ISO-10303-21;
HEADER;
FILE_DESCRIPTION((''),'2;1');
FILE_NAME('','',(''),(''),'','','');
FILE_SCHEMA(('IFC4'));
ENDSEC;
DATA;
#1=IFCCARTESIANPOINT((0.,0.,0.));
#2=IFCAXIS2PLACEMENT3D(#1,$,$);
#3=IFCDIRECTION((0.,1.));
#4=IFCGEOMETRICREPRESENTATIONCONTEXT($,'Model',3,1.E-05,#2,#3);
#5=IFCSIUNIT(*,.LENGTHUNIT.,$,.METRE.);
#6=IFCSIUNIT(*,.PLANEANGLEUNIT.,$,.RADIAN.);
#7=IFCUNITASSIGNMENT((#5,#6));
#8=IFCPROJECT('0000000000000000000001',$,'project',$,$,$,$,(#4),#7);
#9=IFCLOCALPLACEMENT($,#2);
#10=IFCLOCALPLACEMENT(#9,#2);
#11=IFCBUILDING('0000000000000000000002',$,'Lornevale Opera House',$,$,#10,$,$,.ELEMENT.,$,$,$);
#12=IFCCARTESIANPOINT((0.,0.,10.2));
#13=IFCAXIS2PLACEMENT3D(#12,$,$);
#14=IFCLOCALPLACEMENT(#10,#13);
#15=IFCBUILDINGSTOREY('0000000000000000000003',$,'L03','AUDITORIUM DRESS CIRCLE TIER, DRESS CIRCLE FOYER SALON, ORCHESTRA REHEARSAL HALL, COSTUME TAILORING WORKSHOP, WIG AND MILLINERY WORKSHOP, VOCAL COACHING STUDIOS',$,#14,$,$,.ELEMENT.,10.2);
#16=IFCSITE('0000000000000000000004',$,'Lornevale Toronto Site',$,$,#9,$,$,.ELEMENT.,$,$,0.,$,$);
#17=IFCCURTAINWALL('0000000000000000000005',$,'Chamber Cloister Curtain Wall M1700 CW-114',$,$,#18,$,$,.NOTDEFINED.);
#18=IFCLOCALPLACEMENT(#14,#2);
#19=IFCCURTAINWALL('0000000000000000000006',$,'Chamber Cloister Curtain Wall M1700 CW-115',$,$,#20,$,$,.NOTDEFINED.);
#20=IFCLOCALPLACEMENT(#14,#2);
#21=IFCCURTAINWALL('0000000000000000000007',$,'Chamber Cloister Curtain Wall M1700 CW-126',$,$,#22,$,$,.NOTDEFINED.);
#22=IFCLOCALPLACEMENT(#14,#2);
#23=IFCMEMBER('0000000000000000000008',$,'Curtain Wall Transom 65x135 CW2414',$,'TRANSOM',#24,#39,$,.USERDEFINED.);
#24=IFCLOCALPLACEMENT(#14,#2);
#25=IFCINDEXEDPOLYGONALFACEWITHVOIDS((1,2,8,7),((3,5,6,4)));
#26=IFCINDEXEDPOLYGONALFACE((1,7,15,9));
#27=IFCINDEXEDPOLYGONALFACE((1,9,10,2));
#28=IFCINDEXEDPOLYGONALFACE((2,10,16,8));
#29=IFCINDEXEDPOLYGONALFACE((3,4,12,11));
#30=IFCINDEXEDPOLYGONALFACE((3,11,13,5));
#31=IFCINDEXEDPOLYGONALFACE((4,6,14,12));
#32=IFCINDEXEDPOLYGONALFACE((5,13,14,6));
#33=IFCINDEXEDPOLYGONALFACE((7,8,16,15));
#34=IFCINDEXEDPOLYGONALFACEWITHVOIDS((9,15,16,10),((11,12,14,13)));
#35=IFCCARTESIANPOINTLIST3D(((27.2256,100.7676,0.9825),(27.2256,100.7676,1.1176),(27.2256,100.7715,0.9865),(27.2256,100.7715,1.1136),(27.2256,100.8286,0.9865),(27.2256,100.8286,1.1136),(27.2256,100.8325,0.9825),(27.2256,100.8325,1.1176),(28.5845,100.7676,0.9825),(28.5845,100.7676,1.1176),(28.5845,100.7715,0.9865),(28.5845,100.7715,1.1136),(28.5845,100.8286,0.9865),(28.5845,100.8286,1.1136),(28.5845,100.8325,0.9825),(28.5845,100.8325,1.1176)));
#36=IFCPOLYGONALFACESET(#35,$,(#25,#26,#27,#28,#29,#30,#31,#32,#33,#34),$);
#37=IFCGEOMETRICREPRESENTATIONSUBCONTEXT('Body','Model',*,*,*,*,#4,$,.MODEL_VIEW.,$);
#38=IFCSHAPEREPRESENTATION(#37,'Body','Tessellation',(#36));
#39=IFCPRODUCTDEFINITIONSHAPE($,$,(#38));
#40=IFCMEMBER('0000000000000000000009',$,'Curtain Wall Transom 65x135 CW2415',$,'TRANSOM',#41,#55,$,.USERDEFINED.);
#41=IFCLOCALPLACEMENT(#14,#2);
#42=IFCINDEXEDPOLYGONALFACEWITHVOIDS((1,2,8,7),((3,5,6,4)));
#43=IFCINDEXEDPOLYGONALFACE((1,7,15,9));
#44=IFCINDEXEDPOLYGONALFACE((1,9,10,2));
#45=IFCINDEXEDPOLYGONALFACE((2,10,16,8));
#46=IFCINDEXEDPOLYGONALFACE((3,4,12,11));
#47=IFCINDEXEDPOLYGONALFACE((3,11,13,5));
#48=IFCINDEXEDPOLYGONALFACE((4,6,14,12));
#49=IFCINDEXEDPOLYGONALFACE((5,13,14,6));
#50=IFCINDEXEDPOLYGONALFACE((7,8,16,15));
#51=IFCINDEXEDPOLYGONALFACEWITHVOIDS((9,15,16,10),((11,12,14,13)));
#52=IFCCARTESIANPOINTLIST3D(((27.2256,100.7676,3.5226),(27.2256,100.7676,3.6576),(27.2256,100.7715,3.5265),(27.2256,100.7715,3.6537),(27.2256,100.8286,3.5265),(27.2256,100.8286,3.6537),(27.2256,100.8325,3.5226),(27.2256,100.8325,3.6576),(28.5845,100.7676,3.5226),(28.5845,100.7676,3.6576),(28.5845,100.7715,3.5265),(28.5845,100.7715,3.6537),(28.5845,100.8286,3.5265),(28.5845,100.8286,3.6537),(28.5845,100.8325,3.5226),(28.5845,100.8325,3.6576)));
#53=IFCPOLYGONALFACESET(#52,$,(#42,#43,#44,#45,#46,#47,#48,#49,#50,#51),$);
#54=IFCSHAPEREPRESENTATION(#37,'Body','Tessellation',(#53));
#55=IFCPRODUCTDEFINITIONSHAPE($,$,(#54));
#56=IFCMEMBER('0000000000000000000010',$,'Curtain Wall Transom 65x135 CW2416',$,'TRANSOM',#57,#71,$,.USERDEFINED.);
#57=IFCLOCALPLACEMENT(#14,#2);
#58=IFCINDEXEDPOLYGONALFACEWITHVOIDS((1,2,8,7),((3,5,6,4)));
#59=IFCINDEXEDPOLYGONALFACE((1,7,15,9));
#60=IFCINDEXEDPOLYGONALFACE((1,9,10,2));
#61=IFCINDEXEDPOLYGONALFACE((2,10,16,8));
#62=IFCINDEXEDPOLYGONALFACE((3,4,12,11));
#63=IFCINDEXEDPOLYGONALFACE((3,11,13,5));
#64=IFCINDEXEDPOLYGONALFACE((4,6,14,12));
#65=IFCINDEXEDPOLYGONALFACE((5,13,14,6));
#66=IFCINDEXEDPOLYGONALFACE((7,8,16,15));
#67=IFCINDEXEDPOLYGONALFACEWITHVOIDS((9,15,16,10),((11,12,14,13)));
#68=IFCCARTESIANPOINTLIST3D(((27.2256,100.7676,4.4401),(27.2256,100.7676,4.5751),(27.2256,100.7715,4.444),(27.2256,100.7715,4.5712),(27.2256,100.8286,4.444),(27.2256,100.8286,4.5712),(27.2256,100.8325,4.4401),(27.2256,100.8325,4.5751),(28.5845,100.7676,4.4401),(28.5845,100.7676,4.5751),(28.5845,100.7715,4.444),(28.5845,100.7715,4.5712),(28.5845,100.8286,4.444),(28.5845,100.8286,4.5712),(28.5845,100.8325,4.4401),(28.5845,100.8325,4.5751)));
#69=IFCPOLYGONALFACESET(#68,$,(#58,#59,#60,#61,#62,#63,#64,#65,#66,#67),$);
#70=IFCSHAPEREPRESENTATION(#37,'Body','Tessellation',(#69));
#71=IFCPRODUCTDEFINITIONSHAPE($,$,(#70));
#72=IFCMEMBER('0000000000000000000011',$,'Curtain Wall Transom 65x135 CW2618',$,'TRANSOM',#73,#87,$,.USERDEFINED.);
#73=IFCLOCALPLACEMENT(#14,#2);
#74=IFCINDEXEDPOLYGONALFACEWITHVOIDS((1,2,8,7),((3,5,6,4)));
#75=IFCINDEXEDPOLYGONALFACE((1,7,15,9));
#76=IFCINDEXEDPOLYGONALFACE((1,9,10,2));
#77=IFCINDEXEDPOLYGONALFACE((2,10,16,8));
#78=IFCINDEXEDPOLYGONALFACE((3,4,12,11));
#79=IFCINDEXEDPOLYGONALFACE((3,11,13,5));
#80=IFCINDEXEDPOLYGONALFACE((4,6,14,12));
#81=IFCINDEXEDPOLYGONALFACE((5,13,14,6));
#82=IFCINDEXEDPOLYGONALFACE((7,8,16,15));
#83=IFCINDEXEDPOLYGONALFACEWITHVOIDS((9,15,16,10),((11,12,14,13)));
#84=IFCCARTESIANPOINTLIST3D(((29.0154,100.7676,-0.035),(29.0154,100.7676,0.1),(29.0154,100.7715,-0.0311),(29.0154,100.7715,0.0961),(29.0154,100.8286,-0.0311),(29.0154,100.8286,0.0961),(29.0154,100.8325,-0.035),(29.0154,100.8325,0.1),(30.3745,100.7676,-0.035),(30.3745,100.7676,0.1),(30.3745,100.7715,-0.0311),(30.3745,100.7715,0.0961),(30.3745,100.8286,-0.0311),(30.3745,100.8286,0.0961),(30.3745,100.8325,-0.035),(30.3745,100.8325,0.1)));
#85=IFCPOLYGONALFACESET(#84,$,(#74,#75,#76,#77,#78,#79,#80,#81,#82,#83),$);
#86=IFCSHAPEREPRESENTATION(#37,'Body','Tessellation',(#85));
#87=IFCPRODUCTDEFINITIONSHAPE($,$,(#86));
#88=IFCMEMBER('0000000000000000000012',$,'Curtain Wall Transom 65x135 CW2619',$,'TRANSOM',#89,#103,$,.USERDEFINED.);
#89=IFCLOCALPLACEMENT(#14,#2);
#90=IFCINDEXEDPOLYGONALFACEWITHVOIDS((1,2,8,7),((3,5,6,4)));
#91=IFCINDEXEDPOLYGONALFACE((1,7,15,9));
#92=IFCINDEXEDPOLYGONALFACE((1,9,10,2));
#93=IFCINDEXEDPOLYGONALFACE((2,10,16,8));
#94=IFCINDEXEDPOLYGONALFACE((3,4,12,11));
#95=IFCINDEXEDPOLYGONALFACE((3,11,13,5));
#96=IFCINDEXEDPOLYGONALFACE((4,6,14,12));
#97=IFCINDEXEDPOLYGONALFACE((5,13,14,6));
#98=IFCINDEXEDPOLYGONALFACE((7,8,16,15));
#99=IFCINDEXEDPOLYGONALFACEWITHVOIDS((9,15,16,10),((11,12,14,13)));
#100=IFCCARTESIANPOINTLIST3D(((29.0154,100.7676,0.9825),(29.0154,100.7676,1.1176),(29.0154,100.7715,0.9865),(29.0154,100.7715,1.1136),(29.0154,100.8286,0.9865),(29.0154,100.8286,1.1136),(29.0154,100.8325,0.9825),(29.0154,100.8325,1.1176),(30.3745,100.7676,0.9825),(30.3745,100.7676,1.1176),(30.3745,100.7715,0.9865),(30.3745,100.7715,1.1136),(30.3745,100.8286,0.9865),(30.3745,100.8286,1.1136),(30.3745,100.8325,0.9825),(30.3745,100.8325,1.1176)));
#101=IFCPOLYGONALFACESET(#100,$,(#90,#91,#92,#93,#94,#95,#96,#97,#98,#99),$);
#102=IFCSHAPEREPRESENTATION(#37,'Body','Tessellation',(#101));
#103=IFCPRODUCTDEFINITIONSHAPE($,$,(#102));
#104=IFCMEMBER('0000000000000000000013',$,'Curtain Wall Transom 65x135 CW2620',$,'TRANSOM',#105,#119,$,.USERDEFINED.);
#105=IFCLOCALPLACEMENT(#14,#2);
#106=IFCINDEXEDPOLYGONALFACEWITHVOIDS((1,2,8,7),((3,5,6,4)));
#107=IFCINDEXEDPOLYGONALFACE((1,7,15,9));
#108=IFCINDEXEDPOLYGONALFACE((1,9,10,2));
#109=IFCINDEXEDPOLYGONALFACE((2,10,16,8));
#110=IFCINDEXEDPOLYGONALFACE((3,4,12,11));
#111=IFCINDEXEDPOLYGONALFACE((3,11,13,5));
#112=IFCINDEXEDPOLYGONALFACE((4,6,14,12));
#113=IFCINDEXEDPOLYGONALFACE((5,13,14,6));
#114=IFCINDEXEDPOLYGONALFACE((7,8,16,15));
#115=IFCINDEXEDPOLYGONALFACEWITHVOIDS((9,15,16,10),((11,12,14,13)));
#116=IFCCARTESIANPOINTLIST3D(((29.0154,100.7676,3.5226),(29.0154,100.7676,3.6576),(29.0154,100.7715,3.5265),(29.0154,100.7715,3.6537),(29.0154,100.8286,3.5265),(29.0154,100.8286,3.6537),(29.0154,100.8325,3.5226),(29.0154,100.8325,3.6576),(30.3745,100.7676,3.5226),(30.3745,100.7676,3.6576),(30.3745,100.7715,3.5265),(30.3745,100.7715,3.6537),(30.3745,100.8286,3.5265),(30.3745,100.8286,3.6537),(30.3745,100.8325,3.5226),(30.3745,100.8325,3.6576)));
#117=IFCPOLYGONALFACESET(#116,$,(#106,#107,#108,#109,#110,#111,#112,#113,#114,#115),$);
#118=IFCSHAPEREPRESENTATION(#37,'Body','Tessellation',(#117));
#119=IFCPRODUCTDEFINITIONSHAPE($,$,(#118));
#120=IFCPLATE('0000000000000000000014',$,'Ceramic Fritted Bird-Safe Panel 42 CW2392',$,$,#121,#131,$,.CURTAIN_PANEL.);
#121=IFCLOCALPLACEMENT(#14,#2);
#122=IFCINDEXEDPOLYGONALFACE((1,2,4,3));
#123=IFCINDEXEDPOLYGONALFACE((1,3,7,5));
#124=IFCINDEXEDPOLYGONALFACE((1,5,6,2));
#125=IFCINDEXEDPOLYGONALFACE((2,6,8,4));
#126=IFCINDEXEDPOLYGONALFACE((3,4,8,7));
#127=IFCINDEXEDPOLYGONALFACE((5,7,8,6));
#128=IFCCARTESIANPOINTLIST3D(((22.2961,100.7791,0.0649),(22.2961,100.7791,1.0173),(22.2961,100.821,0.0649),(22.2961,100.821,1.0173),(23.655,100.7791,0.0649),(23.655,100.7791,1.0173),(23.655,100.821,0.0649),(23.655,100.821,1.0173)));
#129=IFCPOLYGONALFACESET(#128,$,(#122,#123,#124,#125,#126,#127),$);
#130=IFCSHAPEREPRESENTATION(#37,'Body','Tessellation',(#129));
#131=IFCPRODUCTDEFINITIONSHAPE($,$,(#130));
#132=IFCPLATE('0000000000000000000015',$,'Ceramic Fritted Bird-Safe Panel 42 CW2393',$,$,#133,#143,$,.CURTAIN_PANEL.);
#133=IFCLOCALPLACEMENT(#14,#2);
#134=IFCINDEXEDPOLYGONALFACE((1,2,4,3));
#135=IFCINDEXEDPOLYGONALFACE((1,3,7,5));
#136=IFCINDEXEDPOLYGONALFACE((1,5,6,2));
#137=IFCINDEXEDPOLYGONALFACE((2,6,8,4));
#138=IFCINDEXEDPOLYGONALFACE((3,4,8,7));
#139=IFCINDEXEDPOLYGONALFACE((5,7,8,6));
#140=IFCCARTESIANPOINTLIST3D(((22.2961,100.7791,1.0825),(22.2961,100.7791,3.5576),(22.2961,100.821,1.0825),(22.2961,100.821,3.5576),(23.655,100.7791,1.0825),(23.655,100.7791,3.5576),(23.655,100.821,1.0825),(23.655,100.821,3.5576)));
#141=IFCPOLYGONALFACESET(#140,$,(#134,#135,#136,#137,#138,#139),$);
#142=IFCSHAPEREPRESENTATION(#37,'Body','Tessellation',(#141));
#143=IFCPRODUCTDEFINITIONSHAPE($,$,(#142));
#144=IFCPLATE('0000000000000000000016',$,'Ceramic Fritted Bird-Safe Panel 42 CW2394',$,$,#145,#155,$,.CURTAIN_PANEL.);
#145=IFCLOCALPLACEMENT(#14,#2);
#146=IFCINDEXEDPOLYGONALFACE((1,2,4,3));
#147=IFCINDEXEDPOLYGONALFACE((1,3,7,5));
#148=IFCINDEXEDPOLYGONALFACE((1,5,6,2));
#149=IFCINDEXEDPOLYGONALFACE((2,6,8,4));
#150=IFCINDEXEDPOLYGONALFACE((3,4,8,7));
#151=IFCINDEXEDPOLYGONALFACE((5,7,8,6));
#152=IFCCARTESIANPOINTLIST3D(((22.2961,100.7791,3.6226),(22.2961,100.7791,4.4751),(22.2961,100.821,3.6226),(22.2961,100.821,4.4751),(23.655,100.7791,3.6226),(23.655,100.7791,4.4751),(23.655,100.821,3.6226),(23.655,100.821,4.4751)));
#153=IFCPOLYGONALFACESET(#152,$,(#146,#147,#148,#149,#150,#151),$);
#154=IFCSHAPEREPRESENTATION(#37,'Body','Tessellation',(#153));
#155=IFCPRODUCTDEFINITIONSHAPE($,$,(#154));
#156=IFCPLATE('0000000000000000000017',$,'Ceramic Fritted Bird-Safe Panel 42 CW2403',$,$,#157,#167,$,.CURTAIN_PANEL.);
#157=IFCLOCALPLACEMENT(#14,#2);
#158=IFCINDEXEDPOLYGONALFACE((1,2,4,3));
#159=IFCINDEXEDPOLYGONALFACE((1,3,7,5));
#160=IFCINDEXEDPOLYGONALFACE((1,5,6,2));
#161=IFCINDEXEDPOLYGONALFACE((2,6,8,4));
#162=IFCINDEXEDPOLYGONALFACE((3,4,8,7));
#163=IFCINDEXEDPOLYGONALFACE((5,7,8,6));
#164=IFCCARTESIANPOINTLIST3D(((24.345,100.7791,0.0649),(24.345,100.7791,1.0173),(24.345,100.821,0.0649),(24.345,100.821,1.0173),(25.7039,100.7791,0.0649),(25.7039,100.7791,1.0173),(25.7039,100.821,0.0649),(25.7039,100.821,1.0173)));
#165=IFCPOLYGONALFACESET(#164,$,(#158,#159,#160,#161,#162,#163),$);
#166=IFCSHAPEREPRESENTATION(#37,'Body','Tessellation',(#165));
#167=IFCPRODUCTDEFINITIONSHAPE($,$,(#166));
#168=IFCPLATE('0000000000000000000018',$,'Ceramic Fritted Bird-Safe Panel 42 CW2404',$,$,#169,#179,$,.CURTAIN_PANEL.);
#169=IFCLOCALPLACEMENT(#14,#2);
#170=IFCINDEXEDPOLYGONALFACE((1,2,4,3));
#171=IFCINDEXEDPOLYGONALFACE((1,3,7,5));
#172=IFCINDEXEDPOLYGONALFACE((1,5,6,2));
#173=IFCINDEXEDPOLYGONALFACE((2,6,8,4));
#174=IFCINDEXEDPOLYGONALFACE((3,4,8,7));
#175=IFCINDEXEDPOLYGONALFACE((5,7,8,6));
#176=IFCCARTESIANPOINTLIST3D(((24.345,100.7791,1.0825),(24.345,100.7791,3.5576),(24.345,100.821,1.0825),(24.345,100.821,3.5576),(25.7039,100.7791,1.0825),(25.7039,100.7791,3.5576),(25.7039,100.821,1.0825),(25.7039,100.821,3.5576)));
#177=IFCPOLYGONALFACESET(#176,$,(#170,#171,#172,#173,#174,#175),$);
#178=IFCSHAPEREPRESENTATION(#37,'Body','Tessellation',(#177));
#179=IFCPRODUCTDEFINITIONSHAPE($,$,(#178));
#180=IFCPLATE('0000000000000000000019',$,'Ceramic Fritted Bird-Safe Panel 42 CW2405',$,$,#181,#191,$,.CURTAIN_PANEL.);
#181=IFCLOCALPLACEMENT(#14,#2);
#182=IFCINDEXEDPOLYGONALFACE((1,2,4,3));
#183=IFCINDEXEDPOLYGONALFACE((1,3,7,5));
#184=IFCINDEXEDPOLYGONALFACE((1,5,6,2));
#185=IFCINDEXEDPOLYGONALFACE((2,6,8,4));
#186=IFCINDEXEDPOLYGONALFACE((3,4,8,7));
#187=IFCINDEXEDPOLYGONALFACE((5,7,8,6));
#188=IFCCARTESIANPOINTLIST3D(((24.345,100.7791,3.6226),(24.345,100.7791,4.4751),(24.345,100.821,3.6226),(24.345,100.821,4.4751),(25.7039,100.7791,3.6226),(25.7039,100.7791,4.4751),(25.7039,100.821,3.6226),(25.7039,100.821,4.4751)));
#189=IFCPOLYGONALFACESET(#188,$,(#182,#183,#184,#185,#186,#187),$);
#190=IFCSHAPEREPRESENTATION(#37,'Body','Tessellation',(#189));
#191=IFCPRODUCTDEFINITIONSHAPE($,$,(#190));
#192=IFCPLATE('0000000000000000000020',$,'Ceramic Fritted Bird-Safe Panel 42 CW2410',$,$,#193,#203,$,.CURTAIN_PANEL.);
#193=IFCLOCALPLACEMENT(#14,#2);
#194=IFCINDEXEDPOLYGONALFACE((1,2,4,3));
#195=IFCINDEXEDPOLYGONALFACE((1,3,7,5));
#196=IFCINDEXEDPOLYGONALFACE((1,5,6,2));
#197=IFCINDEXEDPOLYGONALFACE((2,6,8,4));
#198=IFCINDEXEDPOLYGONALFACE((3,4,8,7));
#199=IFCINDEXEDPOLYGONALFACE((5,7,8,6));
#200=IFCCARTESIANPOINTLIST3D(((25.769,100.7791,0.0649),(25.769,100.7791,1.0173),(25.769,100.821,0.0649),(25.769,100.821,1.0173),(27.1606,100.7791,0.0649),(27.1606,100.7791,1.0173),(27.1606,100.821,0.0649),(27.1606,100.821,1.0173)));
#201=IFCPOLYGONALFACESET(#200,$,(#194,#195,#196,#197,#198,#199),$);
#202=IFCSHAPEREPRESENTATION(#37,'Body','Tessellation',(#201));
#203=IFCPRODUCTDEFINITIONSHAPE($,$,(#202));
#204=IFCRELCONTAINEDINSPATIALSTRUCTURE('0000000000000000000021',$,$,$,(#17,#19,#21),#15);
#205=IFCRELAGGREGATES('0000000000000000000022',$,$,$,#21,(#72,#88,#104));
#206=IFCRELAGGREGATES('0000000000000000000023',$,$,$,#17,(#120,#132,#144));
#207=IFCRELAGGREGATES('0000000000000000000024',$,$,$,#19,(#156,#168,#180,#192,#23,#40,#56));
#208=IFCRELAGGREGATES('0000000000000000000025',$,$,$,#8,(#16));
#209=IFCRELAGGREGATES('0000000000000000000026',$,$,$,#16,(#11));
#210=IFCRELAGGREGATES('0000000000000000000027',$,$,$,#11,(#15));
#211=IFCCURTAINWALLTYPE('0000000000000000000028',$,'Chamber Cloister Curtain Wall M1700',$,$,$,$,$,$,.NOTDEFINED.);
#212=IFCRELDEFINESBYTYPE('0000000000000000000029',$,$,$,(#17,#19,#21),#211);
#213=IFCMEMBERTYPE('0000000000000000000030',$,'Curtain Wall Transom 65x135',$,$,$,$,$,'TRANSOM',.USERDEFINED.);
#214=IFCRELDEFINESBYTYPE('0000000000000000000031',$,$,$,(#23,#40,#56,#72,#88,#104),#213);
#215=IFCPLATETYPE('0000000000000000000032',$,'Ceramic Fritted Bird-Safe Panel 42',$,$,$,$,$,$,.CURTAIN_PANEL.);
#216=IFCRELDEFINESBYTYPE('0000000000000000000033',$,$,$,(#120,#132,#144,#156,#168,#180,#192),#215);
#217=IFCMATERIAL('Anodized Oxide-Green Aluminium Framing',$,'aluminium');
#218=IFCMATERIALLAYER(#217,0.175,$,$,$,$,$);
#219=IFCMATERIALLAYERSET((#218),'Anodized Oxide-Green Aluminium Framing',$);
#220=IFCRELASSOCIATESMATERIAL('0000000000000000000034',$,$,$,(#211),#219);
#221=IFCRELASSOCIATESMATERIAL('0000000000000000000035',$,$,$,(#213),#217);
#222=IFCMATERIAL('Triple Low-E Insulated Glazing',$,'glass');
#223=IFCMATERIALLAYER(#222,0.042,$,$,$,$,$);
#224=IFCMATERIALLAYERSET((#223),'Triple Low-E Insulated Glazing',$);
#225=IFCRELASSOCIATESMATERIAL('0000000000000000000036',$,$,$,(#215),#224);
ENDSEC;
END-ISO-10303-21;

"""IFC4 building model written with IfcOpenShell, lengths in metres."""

from ifc_helpers import new_model, si_unit, direction, frame, origin, origin_2d, place, context, subcontext, project, spatial, rectangle, hollow_rectangle, extrude, material, layer, layer_set, material_profile, profile_set, type_object, element, aggregate, save


model = new_model("IFC4")

# Units and contexts
model_context = context("Model", 3, precision=1e-05, world=origin(), true_north=direction((0.0, 1.0)))
body_context = subcontext(model_context, "Body", "Model", "MODEL_VIEW")
ifc_project = project(units=[si_unit("LENGTHUNIT", "METRE"), si_unit("PLANEANGLEUNIT", "RADIAN")], contexts=[model_context])

# Site, building, storey
site_placement = place(None, origin())
site = spatial("IfcSite", under=ifc_project, at=site_placement, Name="Lornevale Toronto Site", CompositionType="ELEMENT", RefElevation=0.0)
building_placement = place(site_placement, origin())
building = spatial("IfcBuilding", under=site, at=building_placement, Name="Lornevale Opera House", CompositionType="ELEMENT")
storey_placement = place(building_placement, frame((0.0, 0.0, 10.2)))
storey = spatial("IfcBuildingStorey", under=building, at=storey_placement, Name="L03", Description="AUDITORIUM DRESS CIRCLE TIER, DRESS CIRCLE FOYER SALON, ORCHESTRA REHEARSAL HALL, COSTUME TAILORING WORKSHOP, WIG AND MILLINERY WORKSHOP, VOCAL COACHING STUDIOS", CompositionType="ELEMENT", Elevation=10.2)

# Curtain wall
ifc_material_1 = material(Name="Anodized Oxide-Green Aluminium Framing", Category="aluminium")
ifc_layer_1 = layer(ifc_material_1, 0.175)
ifc_layer_set_1 = layer_set([ifc_layer_1], Name="Anodized Oxide-Green Aluminium Framing")
curtain_wall_type = type_object("IfcCurtainWallType", Name="Chamber Cloister Curtain Wall M1700", PredefinedType="NOTDEFINED", material=ifc_layer_set_1)
curtain_wall_1_placement = place(storey_placement, origin())
curtain_wall_1 = element("IfcCurtainWall", 1, at=curtain_wall_1_placement, inside=storey, type_object=curtain_wall_type, Name="Chamber Cloister Curtain Wall M1700 CW-114", PredefinedType="NOTDEFINED")

# Curtain wall
curtain_wall_2_placement = place(storey_placement, origin())
curtain_wall_2 = element("IfcCurtainWall", 2, at=curtain_wall_2_placement, inside=storey, type_object=curtain_wall_type, Name="Chamber Cloister Curtain Wall M1700 CW-115", PredefinedType="NOTDEFINED")

# Curtain wall
curtain_wall_3_placement = place(storey_placement, origin())
curtain_wall_3 = element("IfcCurtainWall", 3, at=curtain_wall_3_placement, inside=storey, type_object=curtain_wall_type, Name="Chamber Cloister Curtain Wall M1700 CW-126", PredefinedType="NOTDEFINED")

# Members
ifc_material_profile_1 = material_profile(ifc_material_1, hollow_rectangle(XDim=0.0649, YDim=0.135, WallThickness=0.0039, at=origin_2d()), Name="ALU65x135x4")
ifc_profile_set_1 = profile_set([ifc_material_profile_1], Name="Anodized Oxide-Green Aluminium Framing")
member_type_1 = type_object("IfcMemberType", Name="Curtain Wall Transom 65x135", ElementType="TRANSOM", PredefinedType="USERDEFINED", material=ifc_profile_set_1)
member_1_placement = place(storey_placement, frame((27.2256, 100.8, 1.05), z_axis=(1.0, 0.0, 0.0), x_axis=(0.0, 1.0, 0.0)))
member_1 = element("IfcMember", 4, at=member_1_placement, type_object=member_type_1, Name="Curtain Wall Transom 65x135 CW2414", ObjectType="TRANSOM", PredefinedType="USERDEFINED", context=body_context, shape_type="SweptSolid", body=[
    extrude(hollow_rectangle(XDim=0.0649, YDim=0.135, WallThickness=0.0039, at=origin_2d()), origin(), (0.0, 0.0, 1.0), 1.3589),
])
member_2_placement = place(storey_placement, frame((27.2256, 100.8, 3.5901), z_axis=(1.0, 0.0, 0.0), x_axis=(0.0, 1.0, 0.0)))
member_2 = element("IfcMember", 5, at=member_2_placement, type_object=member_type_1, Name="Curtain Wall Transom 65x135 CW2415", ObjectType="TRANSOM", PredefinedType="USERDEFINED", context=body_context, shape_type="SweptSolid", body=[
    extrude(hollow_rectangle(XDim=0.0649, YDim=0.135, WallThickness=0.0039, at=origin_2d()), origin(), (0.0, 0.0, 1.0), 1.3589),
])
member_3_placement = place(storey_placement, frame((27.2256, 100.8, 4.5076), z_axis=(1.0, 0.0, 0.0), x_axis=(0.0, 1.0, 0.0)))
member_3 = element("IfcMember", 6, at=member_3_placement, type_object=member_type_1, Name="Curtain Wall Transom 65x135 CW2416", ObjectType="TRANSOM", PredefinedType="USERDEFINED", context=body_context, shape_type="SweptSolid", body=[
    extrude(hollow_rectangle(XDim=0.0649, YDim=0.135, WallThickness=0.0039, at=origin_2d()), origin(), (0.0, 0.0, 1.0), 1.3589),
])
member_4_placement = place(storey_placement, frame((29.0154, 100.8, 0.0325), z_axis=(1.0, 0.0, 0.0), x_axis=(0.0, 1.0, 0.0)))
member_4 = element("IfcMember", 7, at=member_4_placement, type_object=member_type_1, Name="Curtain Wall Transom 65x135 CW2618", ObjectType="TRANSOM", PredefinedType="USERDEFINED", context=body_context, shape_type="SweptSolid", body=[
    extrude(hollow_rectangle(XDim=0.0649, YDim=0.135, WallThickness=0.0039, at=origin_2d()), origin(), (0.0, 0.0, 1.0), 1.3591),
])
member_5_placement = place(storey_placement, frame((29.0154, 100.8, 1.05), z_axis=(1.0, 0.0, 0.0), x_axis=(0.0, 1.0, 0.0)))
member_5 = element("IfcMember", 8, at=member_5_placement, type_object=member_type_1, Name="Curtain Wall Transom 65x135 CW2619", ObjectType="TRANSOM", PredefinedType="USERDEFINED", context=body_context, shape_type="SweptSolid", body=[
    extrude(hollow_rectangle(XDim=0.0649, YDim=0.135, WallThickness=0.0039, at=origin_2d()), origin(), (0.0, 0.0, 1.0), 1.3591),
])
member_6_placement = place(storey_placement, frame((29.0154, 100.8, 3.5901), z_axis=(1.0, 0.0, 0.0), x_axis=(0.0, 1.0, 0.0)))
member_6 = element("IfcMember", 9, at=member_6_placement, type_object=member_type_1, Name="Curtain Wall Transom 65x135 CW2620", ObjectType="TRANSOM", PredefinedType="USERDEFINED", context=body_context, shape_type="SweptSolid", body=[
    extrude(hollow_rectangle(XDim=0.0649, YDim=0.135, WallThickness=0.0039, at=origin_2d()), origin(), (0.0, 0.0, 1.0), 1.3591),
])
aggregate(curtain_wall_3, [member_4, member_5, member_6])

# Plates
ifc_material_2 = material(Name="Triple Low-E Insulated Glazing", Category="glass")
ifc_layer_2 = layer(ifc_material_2, 0.042)
ifc_layer_set_2 = layer_set([ifc_layer_2], Name="Triple Low-E Insulated Glazing")
plate_type = type_object("IfcPlateType", Name="Ceramic Fritted Bird-Safe Panel 42", PredefinedType="CURTAIN_PANEL", material=ifc_layer_set_2)
plate_1_placement = place(storey_placement, frame((22.9756, 100.8, 0.0649), z_axis=(0.0, 0.0, 1.0), x_axis=(1.0, 0.0, 0.0)))
plate_1 = element("IfcPlate", 10, at=plate_1_placement, type_object=plate_type, Name="Ceramic Fritted Bird-Safe Panel 42 CW2392", PredefinedType="CURTAIN_PANEL", context=body_context, shape_type="SweptSolid", body=[
    extrude(rectangle(XDim=1.3589, YDim=0.042, at=origin_2d()), origin(), (0.0, 0.0, 1.0), 0.9524),
])
plate_2_placement = place(storey_placement, frame((22.9756, 100.8, 1.0825), z_axis=(0.0, 0.0, 1.0), x_axis=(1.0, 0.0, 0.0)))
plate_2 = element("IfcPlate", 11, at=plate_2_placement, type_object=plate_type, Name="Ceramic Fritted Bird-Safe Panel 42 CW2393", PredefinedType="CURTAIN_PANEL", context=body_context, shape_type="SweptSolid", body=[
    extrude(rectangle(XDim=1.3589, YDim=0.042, at=origin_2d()), origin(), (0.0, 0.0, 1.0), 2.4751),
])
plate_3_placement = place(storey_placement, frame((22.9756, 100.8, 3.6226), z_axis=(0.0, 0.0, 1.0), x_axis=(1.0, 0.0, 0.0)))
plate_3 = element("IfcPlate", 12, at=plate_3_placement, type_object=plate_type, Name="Ceramic Fritted Bird-Safe Panel 42 CW2394", PredefinedType="CURTAIN_PANEL", context=body_context, shape_type="SweptSolid", body=[
    extrude(rectangle(XDim=1.3589, YDim=0.042, at=origin_2d()), origin(), (0.0, 0.0, 1.0), 0.8525),
])
aggregate(curtain_wall_1, [plate_1, plate_2, plate_3])
plate_4_placement = place(storey_placement, frame((25.0244, 100.8, 0.0649), z_axis=(0.0, 0.0, 1.0), x_axis=(1.0, 0.0, 0.0)))
plate_4 = element("IfcPlate", 13, at=plate_4_placement, type_object=plate_type, Name="Ceramic Fritted Bird-Safe Panel 42 CW2403", PredefinedType="CURTAIN_PANEL", context=body_context, shape_type="SweptSolid", body=[
    extrude(rectangle(XDim=1.3589, YDim=0.042, at=origin_2d()), origin(), (0.0, 0.0, 1.0), 0.9524),
])
plate_5_placement = place(storey_placement, frame((25.0244, 100.8, 1.0825), z_axis=(0.0, 0.0, 1.0), x_axis=(1.0, 0.0, 0.0)))
plate_5 = element("IfcPlate", 14, at=plate_5_placement, type_object=plate_type, Name="Ceramic Fritted Bird-Safe Panel 42 CW2404", PredefinedType="CURTAIN_PANEL", context=body_context, shape_type="SweptSolid", body=[
    extrude(rectangle(XDim=1.3589, YDim=0.042, at=origin_2d()), origin(), (0.0, 0.0, 1.0), 2.4751),
])
plate_6_placement = place(storey_placement, frame((25.0244, 100.8, 3.6226), z_axis=(0.0, 0.0, 1.0), x_axis=(1.0, 0.0, 0.0)))
plate_6 = element("IfcPlate", 15, at=plate_6_placement, type_object=plate_type, Name="Ceramic Fritted Bird-Safe Panel 42 CW2405", PredefinedType="CURTAIN_PANEL", context=body_context, shape_type="SweptSolid", body=[
    extrude(rectangle(XDim=1.3589, YDim=0.042, at=origin_2d()), origin(), (0.0, 0.0, 1.0), 0.8525),
])
plate_7_placement = place(storey_placement, frame((26.4648, 100.8, 0.0649), z_axis=(0.0, 0.0, 1.0), x_axis=(1.0, 0.0, 0.0)))
plate_7 = element("IfcPlate", 16, at=plate_7_placement, type_object=plate_type, Name="Ceramic Fritted Bird-Safe Panel 42 CW2410", PredefinedType="CURTAIN_PANEL", context=body_context, shape_type="SweptSolid", body=[
    extrude(rectangle(XDim=1.3916, YDim=0.042, at=origin_2d()), origin(), (0.0, 0.0, 1.0), 0.9524),
])
aggregate(curtain_wall_2, [plate_4, plate_5, plate_6, plate_7, member_1, member_2, member_3])

save(model, "model.ifc")
